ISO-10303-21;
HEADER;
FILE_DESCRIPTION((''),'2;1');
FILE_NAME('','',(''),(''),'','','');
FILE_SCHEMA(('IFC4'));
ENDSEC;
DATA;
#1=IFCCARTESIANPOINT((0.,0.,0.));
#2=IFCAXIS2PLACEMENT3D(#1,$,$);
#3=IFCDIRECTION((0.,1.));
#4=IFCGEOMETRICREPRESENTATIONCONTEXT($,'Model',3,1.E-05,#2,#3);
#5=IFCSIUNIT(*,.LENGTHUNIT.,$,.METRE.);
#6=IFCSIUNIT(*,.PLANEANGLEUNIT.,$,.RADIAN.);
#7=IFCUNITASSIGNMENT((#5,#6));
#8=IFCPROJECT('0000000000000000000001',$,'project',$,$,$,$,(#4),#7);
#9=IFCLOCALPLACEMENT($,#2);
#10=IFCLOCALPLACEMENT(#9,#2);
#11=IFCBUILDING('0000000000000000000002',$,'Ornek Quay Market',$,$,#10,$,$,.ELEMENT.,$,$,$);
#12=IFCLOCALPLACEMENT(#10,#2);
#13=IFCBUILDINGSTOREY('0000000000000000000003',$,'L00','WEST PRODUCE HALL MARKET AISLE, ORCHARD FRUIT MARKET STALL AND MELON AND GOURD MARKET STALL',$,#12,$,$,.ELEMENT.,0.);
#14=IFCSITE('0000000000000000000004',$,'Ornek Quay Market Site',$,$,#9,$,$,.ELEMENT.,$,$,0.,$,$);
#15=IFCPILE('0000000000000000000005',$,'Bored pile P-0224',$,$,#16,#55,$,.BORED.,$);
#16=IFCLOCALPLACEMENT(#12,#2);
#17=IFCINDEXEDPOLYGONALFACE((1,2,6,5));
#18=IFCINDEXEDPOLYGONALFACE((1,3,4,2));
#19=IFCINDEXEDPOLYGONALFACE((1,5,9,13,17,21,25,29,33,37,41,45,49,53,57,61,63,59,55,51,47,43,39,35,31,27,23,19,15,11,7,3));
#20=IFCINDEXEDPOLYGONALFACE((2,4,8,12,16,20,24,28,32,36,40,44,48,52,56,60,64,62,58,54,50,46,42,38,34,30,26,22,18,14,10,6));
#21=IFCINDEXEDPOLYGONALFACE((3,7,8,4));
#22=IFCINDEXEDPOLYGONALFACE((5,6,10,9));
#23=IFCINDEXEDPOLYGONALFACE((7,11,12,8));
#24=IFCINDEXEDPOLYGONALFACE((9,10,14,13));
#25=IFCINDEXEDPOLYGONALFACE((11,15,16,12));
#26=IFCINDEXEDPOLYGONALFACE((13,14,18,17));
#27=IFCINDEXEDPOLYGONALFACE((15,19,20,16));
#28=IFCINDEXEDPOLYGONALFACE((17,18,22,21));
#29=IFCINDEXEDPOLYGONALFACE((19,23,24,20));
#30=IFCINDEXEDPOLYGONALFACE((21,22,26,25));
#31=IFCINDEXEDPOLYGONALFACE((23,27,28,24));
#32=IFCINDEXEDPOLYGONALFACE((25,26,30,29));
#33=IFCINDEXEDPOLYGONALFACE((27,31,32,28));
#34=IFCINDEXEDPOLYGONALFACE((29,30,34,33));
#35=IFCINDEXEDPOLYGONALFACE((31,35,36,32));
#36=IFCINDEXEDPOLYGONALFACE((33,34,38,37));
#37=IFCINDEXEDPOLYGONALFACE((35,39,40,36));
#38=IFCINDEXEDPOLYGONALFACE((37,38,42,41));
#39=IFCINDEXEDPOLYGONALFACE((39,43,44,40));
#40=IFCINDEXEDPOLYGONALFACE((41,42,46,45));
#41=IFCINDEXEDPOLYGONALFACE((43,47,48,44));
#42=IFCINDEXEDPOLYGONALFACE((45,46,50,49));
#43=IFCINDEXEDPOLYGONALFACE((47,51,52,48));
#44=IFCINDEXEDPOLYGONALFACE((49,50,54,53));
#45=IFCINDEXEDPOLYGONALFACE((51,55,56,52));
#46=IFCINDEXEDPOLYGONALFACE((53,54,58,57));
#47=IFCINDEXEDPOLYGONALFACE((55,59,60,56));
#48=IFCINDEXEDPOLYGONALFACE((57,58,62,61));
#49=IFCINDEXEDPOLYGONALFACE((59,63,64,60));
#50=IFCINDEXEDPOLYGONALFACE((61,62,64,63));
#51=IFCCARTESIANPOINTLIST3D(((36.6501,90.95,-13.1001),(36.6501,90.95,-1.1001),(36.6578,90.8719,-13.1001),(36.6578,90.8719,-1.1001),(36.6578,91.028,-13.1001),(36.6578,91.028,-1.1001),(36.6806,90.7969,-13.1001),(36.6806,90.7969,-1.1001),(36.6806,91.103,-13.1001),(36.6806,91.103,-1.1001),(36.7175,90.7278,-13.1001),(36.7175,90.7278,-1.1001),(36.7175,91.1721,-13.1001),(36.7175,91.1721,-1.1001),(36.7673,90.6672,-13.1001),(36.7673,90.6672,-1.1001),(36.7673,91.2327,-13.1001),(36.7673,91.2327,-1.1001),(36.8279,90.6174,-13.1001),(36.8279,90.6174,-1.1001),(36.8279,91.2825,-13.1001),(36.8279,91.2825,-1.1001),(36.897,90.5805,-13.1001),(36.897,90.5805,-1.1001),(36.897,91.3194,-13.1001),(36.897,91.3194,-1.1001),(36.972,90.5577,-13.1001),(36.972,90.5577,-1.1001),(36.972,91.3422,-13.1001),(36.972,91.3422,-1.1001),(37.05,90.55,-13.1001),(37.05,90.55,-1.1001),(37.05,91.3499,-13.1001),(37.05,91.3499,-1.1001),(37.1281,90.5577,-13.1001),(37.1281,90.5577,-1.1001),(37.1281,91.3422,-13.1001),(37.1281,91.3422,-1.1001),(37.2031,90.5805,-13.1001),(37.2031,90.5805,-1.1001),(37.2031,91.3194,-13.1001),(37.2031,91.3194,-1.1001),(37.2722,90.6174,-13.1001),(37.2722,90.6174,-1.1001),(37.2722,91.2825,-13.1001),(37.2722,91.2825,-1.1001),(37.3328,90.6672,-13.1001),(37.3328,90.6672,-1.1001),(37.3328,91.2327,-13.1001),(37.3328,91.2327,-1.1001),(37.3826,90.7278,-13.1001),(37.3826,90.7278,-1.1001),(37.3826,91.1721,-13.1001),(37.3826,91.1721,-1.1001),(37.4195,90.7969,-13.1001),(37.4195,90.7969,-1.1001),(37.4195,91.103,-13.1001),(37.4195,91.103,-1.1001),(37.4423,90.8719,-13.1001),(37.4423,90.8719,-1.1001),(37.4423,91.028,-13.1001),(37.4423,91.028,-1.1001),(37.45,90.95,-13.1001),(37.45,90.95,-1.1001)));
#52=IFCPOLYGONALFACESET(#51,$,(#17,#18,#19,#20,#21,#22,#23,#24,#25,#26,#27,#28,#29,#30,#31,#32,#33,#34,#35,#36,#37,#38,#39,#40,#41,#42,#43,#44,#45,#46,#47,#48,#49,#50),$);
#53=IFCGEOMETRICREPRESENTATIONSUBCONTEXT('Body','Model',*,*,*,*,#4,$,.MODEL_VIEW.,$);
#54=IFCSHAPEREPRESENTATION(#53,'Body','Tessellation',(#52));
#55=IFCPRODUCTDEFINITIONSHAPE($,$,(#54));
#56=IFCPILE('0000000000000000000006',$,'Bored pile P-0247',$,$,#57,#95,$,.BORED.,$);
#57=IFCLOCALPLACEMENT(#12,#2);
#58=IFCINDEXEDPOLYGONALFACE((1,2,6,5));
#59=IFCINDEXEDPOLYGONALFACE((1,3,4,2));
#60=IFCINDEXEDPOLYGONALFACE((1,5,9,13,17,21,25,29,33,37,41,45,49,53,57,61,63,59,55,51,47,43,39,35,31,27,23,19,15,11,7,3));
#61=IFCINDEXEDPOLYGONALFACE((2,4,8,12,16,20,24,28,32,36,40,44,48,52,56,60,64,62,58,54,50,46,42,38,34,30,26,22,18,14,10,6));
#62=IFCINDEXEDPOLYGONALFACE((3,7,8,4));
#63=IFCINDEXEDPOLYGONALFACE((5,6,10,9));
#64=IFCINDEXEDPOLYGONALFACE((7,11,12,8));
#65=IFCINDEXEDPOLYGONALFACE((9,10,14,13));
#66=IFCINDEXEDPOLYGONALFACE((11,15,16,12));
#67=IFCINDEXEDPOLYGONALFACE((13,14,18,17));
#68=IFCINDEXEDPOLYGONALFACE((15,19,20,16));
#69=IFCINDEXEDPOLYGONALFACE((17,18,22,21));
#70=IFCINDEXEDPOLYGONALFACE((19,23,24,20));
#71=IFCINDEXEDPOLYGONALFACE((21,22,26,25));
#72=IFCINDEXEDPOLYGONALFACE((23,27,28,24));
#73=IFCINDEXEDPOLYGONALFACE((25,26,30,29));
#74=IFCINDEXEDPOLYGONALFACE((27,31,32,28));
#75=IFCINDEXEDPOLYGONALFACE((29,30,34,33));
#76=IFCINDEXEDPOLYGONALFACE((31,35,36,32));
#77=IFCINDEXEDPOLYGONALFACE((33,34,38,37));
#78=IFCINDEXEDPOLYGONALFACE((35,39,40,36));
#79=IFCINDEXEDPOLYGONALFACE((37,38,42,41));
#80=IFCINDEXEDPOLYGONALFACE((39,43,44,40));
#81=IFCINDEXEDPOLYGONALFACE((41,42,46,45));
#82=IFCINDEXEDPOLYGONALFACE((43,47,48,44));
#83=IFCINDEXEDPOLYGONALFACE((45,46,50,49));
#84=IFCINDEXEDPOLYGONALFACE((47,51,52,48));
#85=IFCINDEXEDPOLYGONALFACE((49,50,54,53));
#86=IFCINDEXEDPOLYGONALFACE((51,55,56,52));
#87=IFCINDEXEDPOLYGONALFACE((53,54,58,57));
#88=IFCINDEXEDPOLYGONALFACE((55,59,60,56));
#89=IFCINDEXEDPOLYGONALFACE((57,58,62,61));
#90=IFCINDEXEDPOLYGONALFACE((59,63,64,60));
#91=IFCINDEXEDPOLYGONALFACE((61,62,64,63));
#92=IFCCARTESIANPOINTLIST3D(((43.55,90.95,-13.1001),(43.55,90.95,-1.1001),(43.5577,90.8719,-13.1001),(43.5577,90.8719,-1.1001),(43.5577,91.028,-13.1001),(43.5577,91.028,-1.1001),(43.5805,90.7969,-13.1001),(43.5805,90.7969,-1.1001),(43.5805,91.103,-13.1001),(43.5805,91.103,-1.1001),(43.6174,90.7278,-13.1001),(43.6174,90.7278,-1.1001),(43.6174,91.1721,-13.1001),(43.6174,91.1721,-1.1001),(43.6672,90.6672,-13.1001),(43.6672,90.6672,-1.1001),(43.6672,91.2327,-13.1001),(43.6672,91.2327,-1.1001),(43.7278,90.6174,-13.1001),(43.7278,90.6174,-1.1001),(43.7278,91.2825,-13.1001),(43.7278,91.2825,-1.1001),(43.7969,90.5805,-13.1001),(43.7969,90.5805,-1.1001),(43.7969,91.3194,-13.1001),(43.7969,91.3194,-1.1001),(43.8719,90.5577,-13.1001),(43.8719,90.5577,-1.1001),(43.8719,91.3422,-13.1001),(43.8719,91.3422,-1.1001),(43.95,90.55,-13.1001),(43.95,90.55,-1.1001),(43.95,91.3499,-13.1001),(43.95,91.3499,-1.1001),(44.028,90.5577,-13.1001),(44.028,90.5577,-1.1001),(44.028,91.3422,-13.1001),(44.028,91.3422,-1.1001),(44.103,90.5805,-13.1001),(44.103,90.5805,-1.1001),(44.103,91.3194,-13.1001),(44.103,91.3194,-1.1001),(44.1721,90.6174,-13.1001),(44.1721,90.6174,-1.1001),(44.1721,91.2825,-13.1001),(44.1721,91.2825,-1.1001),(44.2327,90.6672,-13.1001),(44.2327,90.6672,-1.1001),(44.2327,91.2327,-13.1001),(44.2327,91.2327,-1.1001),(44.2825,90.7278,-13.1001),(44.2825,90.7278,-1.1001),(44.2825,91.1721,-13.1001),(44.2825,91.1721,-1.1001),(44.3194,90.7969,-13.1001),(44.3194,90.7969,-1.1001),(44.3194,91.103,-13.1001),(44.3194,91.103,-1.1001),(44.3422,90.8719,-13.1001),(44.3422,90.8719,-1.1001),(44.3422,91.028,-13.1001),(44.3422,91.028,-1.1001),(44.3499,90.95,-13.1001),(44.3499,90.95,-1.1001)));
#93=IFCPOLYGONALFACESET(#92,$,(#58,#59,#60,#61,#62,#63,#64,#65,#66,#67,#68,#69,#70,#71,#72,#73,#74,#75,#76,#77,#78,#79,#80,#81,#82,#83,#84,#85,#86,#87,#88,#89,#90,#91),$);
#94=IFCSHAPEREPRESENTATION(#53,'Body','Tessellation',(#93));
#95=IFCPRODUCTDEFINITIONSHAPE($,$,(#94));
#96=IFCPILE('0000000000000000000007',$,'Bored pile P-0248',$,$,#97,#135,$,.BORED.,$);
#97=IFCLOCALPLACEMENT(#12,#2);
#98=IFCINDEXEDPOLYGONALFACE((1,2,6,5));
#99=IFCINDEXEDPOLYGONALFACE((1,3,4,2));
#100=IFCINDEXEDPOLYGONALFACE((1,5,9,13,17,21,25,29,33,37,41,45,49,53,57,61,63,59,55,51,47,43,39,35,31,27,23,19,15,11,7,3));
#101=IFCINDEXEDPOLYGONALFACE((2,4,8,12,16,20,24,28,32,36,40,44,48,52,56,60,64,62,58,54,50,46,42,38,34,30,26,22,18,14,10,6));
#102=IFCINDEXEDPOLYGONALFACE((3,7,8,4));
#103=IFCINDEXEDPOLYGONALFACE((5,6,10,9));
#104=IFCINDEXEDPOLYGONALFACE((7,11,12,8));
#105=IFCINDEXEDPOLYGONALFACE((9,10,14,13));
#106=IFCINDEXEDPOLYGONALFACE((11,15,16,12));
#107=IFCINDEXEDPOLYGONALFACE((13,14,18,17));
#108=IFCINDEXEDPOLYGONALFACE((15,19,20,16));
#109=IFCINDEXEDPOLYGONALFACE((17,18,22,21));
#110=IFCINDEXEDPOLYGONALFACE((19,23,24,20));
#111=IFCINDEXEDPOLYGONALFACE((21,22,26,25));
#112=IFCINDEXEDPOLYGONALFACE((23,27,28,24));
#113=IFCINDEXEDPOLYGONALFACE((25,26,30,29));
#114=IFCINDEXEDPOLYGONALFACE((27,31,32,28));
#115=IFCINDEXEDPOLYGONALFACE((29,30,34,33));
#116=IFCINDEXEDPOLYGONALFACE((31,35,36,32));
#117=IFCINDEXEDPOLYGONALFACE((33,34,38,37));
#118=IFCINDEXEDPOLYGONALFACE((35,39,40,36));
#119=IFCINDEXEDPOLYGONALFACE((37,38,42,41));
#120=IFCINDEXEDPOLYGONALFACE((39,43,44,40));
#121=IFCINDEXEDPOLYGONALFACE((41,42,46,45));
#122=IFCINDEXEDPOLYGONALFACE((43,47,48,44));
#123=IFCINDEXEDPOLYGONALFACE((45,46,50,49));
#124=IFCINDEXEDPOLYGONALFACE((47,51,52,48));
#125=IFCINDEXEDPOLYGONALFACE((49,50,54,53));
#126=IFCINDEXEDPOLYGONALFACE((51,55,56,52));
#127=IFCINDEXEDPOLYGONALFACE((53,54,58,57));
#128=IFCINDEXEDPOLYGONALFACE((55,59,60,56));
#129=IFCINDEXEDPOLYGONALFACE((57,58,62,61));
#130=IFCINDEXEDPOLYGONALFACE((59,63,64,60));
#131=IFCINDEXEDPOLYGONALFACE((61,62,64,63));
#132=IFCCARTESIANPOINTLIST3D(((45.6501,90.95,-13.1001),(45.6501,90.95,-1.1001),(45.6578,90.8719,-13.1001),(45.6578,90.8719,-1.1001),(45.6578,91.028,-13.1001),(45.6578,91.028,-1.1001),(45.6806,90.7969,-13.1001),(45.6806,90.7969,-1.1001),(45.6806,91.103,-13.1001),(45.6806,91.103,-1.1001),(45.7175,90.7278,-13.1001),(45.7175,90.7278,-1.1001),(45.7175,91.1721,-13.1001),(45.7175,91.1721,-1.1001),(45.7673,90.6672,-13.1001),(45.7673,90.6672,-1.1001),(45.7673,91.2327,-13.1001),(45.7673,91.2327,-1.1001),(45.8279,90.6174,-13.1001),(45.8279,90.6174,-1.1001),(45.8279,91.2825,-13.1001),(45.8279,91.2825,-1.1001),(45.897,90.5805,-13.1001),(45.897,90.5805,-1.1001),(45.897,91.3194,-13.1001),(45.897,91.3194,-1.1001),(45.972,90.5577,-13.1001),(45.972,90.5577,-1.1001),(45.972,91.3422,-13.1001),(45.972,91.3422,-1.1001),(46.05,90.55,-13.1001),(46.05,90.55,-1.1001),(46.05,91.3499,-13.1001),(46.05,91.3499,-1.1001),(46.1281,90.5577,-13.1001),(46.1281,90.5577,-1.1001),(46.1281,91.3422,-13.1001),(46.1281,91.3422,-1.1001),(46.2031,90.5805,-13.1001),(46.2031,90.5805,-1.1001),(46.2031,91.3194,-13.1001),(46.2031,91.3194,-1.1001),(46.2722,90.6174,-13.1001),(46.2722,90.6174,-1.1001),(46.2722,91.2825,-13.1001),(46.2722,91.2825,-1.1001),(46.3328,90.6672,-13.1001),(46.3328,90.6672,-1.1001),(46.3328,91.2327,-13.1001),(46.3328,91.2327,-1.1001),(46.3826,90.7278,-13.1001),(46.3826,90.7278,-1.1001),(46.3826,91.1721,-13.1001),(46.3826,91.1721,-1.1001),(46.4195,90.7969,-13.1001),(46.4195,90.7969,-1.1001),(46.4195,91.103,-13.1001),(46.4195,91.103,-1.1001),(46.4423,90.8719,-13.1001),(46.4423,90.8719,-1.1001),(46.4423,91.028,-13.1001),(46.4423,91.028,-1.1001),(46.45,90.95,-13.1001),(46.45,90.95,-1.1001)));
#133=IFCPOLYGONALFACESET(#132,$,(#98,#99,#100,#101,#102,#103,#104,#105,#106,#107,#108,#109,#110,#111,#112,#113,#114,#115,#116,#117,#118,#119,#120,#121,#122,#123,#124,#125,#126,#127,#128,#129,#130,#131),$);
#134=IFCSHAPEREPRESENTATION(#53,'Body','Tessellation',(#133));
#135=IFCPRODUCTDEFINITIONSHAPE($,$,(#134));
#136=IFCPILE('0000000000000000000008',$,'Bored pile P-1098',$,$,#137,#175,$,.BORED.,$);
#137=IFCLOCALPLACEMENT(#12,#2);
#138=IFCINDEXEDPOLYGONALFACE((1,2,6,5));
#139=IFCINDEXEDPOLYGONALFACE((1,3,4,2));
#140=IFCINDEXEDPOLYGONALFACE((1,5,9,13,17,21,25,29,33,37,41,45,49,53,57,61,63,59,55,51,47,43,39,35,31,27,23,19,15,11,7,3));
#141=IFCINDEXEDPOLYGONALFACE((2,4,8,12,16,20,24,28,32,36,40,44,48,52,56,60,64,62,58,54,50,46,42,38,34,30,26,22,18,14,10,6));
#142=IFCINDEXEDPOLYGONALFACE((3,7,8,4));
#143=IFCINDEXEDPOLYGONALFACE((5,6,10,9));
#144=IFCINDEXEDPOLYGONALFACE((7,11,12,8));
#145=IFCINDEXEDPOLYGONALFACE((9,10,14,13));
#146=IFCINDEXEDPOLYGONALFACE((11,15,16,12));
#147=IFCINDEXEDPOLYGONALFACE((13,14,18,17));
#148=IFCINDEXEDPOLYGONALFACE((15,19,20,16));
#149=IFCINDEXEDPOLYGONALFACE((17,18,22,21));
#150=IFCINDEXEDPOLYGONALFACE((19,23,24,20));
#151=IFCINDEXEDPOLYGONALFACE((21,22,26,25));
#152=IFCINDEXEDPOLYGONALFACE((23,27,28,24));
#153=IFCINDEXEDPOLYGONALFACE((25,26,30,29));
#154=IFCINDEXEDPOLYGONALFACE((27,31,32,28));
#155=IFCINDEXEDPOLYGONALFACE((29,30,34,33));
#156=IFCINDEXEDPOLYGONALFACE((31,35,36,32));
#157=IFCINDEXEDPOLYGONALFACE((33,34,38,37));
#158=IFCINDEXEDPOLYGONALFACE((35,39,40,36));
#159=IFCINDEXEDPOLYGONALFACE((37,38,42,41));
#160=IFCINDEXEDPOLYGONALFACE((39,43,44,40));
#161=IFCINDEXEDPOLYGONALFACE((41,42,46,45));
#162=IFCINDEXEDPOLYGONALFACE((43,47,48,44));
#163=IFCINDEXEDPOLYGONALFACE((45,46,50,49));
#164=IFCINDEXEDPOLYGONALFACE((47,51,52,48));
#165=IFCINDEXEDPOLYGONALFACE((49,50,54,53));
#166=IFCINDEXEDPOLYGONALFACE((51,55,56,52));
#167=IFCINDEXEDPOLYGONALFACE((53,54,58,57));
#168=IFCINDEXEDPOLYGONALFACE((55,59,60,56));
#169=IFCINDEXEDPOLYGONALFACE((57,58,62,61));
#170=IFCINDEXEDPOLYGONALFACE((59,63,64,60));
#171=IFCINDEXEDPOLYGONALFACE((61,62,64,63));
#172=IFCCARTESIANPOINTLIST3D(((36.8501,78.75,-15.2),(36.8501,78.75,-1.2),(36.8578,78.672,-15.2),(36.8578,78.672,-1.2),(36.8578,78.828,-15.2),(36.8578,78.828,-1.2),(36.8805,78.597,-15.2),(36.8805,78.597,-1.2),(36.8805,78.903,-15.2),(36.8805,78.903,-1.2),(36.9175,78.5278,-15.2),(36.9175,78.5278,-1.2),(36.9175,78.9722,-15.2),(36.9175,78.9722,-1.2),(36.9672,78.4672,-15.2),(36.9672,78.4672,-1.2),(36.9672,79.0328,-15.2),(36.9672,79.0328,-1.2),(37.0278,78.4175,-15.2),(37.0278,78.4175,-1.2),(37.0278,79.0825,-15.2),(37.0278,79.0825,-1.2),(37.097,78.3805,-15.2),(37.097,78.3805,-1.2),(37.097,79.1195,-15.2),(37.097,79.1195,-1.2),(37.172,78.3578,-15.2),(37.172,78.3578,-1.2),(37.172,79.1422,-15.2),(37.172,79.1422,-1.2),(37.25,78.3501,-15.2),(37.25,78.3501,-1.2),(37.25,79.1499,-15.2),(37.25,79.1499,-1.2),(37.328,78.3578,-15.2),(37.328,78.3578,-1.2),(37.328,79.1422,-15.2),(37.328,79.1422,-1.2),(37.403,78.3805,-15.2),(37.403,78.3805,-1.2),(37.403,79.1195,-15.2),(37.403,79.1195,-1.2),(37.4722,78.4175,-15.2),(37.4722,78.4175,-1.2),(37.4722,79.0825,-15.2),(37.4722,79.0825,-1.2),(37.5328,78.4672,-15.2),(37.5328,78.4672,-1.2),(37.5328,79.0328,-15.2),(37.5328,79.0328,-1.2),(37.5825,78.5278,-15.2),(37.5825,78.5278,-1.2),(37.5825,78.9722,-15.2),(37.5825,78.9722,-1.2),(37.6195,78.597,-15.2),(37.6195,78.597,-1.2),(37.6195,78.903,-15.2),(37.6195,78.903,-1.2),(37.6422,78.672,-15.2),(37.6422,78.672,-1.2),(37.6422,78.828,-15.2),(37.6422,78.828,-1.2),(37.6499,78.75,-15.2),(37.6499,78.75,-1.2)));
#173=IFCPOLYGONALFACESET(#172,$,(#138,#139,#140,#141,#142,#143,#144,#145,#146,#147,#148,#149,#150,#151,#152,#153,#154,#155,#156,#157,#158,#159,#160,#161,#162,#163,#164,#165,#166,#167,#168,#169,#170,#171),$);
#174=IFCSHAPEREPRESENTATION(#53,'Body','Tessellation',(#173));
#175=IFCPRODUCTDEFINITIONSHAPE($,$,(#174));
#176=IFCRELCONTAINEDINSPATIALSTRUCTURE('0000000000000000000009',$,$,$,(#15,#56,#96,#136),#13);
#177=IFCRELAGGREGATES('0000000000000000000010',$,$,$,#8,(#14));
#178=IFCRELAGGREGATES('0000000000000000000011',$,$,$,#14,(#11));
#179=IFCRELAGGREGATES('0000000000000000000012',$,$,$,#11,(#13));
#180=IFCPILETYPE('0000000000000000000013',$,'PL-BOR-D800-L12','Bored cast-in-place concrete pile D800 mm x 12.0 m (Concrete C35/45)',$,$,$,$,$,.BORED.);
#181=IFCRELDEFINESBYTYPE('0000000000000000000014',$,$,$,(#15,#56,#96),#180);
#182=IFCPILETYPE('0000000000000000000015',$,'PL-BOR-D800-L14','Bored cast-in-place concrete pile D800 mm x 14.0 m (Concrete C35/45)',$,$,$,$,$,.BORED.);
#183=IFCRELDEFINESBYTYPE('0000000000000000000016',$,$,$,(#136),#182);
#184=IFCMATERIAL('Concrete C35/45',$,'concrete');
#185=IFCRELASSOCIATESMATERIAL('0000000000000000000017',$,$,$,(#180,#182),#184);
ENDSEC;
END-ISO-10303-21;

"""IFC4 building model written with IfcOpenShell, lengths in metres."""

from ifc_helpers import new_model, si_unit, direction, frame, origin, origin_2d, place, context, subcontext, project, spatial, circle, extrude, material, material_profile, profile_set, type_object, element, save


model = new_model("IFC4")

# Units and contexts
model_context = context("Model", 3, precision=1e-05, world=origin(), true_north=direction((0.0, 1.0)))
body_context = subcontext(model_context, "Body", "Model", "MODEL_VIEW")
ifc_project = project(units=[si_unit("LENGTHUNIT", "METRE"), si_unit("PLANEANGLEUNIT", "RADIAN")], contexts=[model_context])

# Site, building, storey
site_placement = place(None, origin())
site = spatial("IfcSite", under=ifc_project, at=site_placement, Name="Ornek Quay Market Site", CompositionType="ELEMENT", RefElevation=0.0)
building_placement = place(site_placement, origin())
building = spatial("IfcBuilding", under=site, at=building_placement, Name="Ornek Quay Market", CompositionType="ELEMENT")
storey_placement = place(building_placement, origin())
storey = spatial("IfcBuildingStorey", under=building, at=storey_placement, Name="L00", Description="WEST PRODUCE HALL MARKET AISLE, ORCHARD FRUIT MARKET STALL AND MELON AND GOURD MARKET STALL", CompositionType="ELEMENT", Elevation=0.0)

# Piles
ifc_material_1 = material(Name="Concrete C35/45", Category="concrete")
ifc_material_profile_1 = material_profile(ifc_material_1, circle(Radius=0.3999, at=origin_2d()), Name="PILE D800", Category="concrete")
ifc_profile_set_1 = profile_set([ifc_material_profile_1], Name="Concrete C35/45")
pile_type_1 = type_object("IfcPileType", Name="PL-BOR-D800-L12", Description="Bored cast-in-place concrete pile D800 mm x 12.0 m (Concrete C35/45)", PredefinedType="BORED", material=ifc_profile_set_1)
for number, where, z_axis, x_axis, name in (
    (1, (37.05, 90.95, -1.1001), (0.0, 0.0, -1.0), (1.0, 0.0, 0.0), "Bored pile P-0224"),
    (2, (43.95, 90.95, -1.1001), (0.0, 0.0, -1.0), (1.0, 0.0, 0.0), "Bored pile P-0247"),
    (3, (46.05, 90.95, -1.1001), (0.0, 0.0, -1.0), (1.0, 0.0, 0.0), "Bored pile P-0248"),
):
    element("IfcPile", number, at=place(storey_placement, frame(where, z_axis=z_axis, x_axis=x_axis)), inside=storey, type_object=pile_type_1, Name=name, PredefinedType="BORED", context=body_context, shape_type="SweptSolid", body=[
        extrude(circle(Radius=0.3999, at=origin_2d()), origin(), (0.0, 0.0, 1.0), 12.0),
    ])
ifc_material_profile_2 = material_profile(ifc_material_1, circle(Radius=0.3999, at=origin_2d()), Name="PILE D800", Category="concrete")
ifc_profile_set_2 = profile_set([ifc_material_profile_2], Name="Concrete C35/45")
pile_type_2 = type_object("IfcPileType", Name="PL-BOR-D800-L14", Description="Bored cast-in-place concrete pile D800 mm x 14.0 m (Concrete C35/45)", PredefinedType="BORED", material=ifc_profile_set_2)
for number, where, z_axis, x_axis, name in (
    (4, (37.25, 78.75, -1.2), (0.0, 0.0, -1.0), (1.0, 0.0, 0.0), "Bored pile P-1098"),
):
    element("IfcPile", number, at=place(storey_placement, frame(where, z_axis=z_axis, x_axis=x_axis)), inside=storey, type_object=pile_type_2, Name=name, PredefinedType="BORED", context=body_context, shape_type="SweptSolid", body=[
        extrude(circle(Radius=0.3999, at=origin_2d()), origin(), (0.0, 0.0, 1.0), 14.0),
    ])

save(model, "model.ifc")
